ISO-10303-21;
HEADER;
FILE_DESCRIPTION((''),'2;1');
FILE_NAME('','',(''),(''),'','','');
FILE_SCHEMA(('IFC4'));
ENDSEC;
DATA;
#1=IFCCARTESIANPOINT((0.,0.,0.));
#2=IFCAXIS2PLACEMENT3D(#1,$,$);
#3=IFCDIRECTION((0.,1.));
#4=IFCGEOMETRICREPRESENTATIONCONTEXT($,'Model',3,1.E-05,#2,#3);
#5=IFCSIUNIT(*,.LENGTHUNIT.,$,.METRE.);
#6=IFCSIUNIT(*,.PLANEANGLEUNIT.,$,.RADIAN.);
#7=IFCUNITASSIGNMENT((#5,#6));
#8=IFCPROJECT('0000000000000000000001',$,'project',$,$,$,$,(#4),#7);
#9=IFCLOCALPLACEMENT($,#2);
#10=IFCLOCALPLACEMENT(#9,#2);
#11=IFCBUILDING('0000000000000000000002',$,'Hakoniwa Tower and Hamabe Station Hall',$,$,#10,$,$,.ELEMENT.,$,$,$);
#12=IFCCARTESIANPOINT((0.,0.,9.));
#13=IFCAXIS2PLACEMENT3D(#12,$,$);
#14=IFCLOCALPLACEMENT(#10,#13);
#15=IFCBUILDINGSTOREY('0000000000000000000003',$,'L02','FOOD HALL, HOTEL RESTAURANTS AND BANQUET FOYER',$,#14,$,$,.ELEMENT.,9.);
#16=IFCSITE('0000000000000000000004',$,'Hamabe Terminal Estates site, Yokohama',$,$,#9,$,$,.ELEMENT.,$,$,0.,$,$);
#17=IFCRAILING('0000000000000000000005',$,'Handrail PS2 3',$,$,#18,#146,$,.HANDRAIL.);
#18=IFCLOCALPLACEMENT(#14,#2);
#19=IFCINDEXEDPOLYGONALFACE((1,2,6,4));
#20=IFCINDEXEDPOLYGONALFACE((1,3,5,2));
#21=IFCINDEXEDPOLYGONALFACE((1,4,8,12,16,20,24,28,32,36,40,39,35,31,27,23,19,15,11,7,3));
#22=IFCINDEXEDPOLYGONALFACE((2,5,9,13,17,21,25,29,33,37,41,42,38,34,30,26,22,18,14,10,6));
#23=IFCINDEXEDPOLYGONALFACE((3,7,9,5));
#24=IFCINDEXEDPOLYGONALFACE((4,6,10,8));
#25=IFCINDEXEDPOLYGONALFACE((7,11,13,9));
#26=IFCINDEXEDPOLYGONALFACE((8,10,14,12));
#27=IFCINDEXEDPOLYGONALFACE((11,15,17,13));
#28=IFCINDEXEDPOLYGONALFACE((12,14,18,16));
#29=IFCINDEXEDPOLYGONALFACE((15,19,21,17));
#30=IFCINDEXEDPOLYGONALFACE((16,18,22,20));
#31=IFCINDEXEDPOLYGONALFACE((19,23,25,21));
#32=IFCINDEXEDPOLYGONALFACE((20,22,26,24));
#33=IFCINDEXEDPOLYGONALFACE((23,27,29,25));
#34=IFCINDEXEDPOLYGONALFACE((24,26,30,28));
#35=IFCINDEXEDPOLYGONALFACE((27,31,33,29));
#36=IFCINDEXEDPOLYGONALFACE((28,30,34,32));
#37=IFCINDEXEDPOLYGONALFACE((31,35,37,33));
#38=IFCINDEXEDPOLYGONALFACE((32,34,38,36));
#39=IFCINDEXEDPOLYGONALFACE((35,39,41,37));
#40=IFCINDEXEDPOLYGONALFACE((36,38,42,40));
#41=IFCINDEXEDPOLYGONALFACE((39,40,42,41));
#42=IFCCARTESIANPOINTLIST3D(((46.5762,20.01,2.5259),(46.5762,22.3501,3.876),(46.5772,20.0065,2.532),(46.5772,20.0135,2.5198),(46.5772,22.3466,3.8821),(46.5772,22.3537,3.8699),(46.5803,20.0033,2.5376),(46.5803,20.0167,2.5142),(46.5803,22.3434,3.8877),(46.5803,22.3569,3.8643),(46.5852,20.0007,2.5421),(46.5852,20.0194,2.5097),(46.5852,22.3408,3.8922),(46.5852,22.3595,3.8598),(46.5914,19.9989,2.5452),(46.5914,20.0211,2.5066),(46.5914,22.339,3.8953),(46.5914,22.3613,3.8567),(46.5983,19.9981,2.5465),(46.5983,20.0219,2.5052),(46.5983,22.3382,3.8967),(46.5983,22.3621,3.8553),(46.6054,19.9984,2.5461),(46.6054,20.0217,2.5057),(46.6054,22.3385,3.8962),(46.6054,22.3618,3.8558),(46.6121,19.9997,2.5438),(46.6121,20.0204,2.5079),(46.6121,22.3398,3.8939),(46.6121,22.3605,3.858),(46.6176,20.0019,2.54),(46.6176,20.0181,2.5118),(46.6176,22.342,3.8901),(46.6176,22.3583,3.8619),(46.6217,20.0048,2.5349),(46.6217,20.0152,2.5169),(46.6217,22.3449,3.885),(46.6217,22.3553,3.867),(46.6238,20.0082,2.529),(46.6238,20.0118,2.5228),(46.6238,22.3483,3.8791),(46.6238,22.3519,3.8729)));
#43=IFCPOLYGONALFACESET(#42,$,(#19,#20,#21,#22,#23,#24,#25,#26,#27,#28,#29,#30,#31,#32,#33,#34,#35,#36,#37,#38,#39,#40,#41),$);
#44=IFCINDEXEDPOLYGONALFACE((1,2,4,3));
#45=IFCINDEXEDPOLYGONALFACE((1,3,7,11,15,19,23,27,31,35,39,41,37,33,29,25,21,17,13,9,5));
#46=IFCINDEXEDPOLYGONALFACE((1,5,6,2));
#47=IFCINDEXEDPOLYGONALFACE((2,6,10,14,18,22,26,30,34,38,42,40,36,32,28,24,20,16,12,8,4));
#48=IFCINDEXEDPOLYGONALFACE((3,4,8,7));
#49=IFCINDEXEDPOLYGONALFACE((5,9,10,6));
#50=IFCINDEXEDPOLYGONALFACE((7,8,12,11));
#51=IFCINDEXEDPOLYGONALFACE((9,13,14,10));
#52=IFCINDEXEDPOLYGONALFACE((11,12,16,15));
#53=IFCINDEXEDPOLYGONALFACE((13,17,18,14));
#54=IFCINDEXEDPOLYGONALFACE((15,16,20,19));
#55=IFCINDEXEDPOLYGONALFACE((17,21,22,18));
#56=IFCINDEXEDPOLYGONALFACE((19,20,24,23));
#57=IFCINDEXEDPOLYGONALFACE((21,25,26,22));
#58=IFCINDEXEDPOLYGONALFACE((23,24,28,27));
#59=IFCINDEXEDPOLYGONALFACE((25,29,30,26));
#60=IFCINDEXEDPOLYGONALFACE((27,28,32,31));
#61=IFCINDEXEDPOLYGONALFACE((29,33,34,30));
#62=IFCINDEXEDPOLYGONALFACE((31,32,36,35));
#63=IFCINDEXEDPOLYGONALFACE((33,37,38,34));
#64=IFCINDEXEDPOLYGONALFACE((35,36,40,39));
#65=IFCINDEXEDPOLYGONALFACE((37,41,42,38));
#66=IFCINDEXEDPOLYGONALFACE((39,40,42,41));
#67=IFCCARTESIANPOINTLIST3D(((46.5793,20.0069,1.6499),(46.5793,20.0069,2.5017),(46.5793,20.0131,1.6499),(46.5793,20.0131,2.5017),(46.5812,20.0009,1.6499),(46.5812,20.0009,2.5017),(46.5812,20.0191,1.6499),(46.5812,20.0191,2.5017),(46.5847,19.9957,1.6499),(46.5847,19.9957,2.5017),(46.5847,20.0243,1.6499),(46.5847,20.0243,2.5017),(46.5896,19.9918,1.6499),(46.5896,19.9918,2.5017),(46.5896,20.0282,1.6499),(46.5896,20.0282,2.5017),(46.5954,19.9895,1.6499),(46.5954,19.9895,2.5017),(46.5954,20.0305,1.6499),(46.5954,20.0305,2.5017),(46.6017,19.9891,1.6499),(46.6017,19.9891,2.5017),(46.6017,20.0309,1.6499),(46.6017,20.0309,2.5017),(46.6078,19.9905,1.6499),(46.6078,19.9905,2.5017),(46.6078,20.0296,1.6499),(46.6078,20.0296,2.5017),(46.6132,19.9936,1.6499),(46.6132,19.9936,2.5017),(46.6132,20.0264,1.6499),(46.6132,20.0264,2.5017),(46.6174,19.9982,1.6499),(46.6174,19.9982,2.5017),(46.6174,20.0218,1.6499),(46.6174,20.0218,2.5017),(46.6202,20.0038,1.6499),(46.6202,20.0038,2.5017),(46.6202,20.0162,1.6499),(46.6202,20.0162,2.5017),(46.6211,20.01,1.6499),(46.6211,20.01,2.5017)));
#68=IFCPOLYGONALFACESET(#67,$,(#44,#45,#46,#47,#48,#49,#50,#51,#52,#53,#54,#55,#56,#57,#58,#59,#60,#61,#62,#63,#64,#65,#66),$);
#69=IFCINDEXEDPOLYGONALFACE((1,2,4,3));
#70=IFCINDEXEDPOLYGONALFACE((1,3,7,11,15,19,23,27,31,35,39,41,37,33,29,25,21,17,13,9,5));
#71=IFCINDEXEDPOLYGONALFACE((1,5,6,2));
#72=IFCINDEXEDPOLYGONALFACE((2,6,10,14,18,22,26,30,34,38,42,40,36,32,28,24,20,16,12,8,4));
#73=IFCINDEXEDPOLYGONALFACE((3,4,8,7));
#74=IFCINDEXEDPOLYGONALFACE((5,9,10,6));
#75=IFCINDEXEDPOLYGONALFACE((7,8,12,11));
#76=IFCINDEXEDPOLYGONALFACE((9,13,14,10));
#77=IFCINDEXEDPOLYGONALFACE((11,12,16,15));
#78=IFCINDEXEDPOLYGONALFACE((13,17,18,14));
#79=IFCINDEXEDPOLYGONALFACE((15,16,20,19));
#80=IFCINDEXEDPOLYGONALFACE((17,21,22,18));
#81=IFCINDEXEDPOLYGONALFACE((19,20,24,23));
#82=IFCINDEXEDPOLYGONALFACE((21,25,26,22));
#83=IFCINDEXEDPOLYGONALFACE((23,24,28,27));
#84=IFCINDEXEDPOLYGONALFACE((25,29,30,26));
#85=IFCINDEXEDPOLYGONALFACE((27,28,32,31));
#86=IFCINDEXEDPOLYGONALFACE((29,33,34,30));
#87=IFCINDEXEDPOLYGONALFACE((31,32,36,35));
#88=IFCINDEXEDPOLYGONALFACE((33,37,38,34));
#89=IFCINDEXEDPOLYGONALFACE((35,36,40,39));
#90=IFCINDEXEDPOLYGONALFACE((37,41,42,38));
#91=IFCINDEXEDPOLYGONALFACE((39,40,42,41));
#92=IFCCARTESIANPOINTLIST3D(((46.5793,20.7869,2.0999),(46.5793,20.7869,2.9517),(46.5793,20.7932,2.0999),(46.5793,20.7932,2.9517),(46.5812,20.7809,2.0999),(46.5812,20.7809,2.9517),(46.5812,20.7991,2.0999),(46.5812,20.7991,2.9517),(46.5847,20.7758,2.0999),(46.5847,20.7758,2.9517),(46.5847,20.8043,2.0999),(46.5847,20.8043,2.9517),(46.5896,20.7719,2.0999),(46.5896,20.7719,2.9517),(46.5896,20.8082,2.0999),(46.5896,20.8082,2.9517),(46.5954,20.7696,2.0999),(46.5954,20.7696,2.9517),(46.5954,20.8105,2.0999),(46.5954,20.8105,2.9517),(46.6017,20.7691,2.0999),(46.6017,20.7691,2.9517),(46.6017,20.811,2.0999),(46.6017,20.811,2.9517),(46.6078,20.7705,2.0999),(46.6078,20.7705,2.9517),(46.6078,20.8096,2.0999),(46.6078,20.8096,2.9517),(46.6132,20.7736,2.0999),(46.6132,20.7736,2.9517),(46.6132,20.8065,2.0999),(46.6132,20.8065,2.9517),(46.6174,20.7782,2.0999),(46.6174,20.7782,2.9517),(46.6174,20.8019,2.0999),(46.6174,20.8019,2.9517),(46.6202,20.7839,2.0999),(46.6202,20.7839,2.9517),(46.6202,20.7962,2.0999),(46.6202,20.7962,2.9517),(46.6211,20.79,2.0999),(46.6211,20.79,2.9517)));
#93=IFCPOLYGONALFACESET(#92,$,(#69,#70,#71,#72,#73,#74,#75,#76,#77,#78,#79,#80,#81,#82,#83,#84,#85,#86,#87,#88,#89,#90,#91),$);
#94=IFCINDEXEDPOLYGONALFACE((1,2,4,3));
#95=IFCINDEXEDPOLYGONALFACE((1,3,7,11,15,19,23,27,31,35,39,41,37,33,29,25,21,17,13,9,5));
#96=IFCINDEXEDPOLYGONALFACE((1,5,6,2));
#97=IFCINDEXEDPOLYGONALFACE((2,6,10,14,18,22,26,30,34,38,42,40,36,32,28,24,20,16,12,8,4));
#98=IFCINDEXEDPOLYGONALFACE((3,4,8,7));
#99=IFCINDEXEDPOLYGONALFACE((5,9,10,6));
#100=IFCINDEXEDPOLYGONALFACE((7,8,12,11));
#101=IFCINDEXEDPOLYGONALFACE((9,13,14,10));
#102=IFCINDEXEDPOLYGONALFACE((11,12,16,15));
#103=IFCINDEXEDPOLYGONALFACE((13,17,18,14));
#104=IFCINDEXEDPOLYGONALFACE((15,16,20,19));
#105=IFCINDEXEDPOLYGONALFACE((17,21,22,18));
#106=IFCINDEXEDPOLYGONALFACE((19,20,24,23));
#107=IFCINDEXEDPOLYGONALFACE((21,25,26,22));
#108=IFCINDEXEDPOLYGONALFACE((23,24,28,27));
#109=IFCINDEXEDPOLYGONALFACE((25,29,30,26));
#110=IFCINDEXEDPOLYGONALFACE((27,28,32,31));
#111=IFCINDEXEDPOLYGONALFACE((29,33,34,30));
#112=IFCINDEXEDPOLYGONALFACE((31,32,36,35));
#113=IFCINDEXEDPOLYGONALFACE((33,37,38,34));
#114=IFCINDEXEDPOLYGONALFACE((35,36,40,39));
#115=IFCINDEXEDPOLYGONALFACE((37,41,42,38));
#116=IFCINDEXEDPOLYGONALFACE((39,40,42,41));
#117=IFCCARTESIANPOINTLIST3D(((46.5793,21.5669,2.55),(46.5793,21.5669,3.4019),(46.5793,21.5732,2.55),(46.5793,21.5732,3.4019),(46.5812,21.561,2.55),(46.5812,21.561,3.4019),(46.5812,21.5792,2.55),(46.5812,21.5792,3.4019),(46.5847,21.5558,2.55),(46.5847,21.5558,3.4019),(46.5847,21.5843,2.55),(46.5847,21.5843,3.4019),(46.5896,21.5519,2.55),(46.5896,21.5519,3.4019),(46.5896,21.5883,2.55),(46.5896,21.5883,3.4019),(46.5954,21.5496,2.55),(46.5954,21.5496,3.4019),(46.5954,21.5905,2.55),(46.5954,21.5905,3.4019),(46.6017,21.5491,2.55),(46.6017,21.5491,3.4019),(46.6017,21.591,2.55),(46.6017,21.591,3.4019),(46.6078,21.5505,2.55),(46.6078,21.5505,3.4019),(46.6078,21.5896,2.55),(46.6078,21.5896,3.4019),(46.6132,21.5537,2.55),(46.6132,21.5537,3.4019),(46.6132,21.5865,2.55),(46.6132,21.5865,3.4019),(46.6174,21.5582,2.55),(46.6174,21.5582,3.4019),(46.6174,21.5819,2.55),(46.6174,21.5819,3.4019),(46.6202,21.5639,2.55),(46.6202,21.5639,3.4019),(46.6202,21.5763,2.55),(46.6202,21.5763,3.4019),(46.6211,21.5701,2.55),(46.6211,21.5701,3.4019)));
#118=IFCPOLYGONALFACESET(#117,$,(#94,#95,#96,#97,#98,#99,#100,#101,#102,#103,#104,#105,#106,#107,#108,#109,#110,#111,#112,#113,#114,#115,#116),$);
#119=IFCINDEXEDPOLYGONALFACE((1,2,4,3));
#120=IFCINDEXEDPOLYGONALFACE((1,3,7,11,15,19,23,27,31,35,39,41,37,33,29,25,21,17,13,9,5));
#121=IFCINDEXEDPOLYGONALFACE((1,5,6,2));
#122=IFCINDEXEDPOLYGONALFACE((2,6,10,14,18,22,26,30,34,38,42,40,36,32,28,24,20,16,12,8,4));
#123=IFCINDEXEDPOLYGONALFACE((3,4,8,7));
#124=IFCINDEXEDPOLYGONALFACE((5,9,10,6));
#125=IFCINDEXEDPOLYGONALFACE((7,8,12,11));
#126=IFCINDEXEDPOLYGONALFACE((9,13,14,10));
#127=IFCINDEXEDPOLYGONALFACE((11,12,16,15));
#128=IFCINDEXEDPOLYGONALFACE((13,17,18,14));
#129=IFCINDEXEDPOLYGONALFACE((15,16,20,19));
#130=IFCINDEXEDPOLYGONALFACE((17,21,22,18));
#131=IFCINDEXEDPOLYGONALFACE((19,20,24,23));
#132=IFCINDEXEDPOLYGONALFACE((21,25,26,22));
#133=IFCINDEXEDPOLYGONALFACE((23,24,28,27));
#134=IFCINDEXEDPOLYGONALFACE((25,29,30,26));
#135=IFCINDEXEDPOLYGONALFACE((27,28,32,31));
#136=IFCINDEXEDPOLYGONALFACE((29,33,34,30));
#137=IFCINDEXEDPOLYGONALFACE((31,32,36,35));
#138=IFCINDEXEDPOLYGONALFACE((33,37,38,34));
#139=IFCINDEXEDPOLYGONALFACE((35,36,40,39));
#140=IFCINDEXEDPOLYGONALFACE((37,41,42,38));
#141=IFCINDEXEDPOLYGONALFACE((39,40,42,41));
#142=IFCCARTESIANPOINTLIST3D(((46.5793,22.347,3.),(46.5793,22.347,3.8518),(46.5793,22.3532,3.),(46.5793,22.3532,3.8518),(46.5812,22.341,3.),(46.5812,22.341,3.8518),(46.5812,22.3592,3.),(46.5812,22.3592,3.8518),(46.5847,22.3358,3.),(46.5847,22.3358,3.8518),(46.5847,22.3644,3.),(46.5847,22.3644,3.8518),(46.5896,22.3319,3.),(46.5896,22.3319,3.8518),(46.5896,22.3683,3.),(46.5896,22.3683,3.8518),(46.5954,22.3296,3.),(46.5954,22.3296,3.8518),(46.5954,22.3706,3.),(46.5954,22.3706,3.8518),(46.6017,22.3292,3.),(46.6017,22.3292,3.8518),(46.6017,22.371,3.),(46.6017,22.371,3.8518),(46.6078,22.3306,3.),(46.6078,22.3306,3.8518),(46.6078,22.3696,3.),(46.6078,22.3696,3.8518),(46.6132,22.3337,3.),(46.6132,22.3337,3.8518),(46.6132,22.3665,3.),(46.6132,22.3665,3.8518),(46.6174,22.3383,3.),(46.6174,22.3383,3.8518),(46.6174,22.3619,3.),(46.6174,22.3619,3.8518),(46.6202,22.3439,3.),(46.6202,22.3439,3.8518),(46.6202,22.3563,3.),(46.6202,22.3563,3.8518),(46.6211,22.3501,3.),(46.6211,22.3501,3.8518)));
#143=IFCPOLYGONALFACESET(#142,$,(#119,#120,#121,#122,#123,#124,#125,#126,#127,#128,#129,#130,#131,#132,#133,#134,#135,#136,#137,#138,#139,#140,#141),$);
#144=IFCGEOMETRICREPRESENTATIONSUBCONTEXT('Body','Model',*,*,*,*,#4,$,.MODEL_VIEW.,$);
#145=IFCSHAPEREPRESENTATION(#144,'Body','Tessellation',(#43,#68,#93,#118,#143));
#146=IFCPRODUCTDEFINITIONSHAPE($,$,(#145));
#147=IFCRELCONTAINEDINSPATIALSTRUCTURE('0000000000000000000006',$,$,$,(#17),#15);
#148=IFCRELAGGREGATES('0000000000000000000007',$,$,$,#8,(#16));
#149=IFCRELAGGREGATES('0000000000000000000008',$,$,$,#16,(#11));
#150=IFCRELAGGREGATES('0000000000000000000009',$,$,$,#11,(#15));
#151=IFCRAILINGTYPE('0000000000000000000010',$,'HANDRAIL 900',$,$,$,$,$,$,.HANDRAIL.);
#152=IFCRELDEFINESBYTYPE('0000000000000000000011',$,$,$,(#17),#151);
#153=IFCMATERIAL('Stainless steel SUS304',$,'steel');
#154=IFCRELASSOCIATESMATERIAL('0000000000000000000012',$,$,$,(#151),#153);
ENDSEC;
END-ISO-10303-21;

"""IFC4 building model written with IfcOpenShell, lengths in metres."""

from ifc_helpers import new_model, si_unit, direction, frame, origin, origin_2d, place, context, subcontext, project, spatial, circle, extrude, material, type_object, element, save


model = new_model("IFC4")

# Units and contexts
model_context = context("Model", 3, precision=1e-05, world=origin(), true_north=direction((0.0, 1.0)))
body_context = subcontext(model_context, "Body", "Model", "MODEL_VIEW")
ifc_project = project(units=[si_unit("LENGTHUNIT", "METRE"), si_unit("PLANEANGLEUNIT", "RADIAN")], contexts=[model_context])

# Site, building, storey
site_placement = place(None, origin())
site = spatial("IfcSite", under=ifc_project, at=site_placement, Name="Hamabe Terminal Estates site, Yokohama", CompositionType="ELEMENT", RefElevation=0.0)
building_placement = place(site_placement, origin())
building = spatial("IfcBuilding", under=site, at=building_placement, Name="Hakoniwa Tower and Hamabe Station Hall", CompositionType="ELEMENT")
storey_placement = place(building_placement, frame((0.0, 0.0, 9.0)))
storey = spatial("IfcBuildingStorey", under=building, at=storey_placement, Name="L02", Description="FOOD HALL, HOTEL RESTAURANTS AND BANQUET FOYER", CompositionType="ELEMENT", Elevation=9.0)

# Railing
ifc_material_1 = material(Name="Stainless steel SUS304", Category="steel")
railing_type_1 = type_object("IfcRailingType", Name="HANDRAIL 900", PredefinedType="HANDRAIL", material=ifc_material_1)
for number, where, name in (
    (1, (46.6001, 20.01, 1.6499), "Handrail PS2 3"),
):
    element("IfcRailing", number, at=place(storey_placement, frame(where)), inside=storey, type_object=railing_type_1, Name=name, PredefinedType="HANDRAIL", context=body_context, shape_type="SweptSolid", body=[
        extrude(circle(Radius=0.0239, at=origin_2d()), frame((0.0, 0.0, 0.876), z_axis=(0.0, 0.866178, 0.499735), x_axis=(-1.0, 0.0, 0.0)), (0.0, 0.0, 1.0), 2.7017),
        extrude(circle(Radius=0.021, at=origin_2d()), origin(), (0.0, 0.0, 1.0), 0.8518),
        extrude(circle(Radius=0.021, at=origin_2d()), frame((0.0, 0.78, 0.45)), (0.0, 0.0, 1.0), 0.8518),
        extrude(circle(Radius=0.021, at=origin_2d()), frame((0.0, 1.5601, 0.9001)), (0.0, 0.0, 1.0), 0.8518),
        extrude(circle(Radius=0.021, at=origin_2d()), frame((0.0, 2.3401, 1.3501)), (0.0, 0.0, 1.0), 0.8518),
    ])

save(model, "model.ifc")
